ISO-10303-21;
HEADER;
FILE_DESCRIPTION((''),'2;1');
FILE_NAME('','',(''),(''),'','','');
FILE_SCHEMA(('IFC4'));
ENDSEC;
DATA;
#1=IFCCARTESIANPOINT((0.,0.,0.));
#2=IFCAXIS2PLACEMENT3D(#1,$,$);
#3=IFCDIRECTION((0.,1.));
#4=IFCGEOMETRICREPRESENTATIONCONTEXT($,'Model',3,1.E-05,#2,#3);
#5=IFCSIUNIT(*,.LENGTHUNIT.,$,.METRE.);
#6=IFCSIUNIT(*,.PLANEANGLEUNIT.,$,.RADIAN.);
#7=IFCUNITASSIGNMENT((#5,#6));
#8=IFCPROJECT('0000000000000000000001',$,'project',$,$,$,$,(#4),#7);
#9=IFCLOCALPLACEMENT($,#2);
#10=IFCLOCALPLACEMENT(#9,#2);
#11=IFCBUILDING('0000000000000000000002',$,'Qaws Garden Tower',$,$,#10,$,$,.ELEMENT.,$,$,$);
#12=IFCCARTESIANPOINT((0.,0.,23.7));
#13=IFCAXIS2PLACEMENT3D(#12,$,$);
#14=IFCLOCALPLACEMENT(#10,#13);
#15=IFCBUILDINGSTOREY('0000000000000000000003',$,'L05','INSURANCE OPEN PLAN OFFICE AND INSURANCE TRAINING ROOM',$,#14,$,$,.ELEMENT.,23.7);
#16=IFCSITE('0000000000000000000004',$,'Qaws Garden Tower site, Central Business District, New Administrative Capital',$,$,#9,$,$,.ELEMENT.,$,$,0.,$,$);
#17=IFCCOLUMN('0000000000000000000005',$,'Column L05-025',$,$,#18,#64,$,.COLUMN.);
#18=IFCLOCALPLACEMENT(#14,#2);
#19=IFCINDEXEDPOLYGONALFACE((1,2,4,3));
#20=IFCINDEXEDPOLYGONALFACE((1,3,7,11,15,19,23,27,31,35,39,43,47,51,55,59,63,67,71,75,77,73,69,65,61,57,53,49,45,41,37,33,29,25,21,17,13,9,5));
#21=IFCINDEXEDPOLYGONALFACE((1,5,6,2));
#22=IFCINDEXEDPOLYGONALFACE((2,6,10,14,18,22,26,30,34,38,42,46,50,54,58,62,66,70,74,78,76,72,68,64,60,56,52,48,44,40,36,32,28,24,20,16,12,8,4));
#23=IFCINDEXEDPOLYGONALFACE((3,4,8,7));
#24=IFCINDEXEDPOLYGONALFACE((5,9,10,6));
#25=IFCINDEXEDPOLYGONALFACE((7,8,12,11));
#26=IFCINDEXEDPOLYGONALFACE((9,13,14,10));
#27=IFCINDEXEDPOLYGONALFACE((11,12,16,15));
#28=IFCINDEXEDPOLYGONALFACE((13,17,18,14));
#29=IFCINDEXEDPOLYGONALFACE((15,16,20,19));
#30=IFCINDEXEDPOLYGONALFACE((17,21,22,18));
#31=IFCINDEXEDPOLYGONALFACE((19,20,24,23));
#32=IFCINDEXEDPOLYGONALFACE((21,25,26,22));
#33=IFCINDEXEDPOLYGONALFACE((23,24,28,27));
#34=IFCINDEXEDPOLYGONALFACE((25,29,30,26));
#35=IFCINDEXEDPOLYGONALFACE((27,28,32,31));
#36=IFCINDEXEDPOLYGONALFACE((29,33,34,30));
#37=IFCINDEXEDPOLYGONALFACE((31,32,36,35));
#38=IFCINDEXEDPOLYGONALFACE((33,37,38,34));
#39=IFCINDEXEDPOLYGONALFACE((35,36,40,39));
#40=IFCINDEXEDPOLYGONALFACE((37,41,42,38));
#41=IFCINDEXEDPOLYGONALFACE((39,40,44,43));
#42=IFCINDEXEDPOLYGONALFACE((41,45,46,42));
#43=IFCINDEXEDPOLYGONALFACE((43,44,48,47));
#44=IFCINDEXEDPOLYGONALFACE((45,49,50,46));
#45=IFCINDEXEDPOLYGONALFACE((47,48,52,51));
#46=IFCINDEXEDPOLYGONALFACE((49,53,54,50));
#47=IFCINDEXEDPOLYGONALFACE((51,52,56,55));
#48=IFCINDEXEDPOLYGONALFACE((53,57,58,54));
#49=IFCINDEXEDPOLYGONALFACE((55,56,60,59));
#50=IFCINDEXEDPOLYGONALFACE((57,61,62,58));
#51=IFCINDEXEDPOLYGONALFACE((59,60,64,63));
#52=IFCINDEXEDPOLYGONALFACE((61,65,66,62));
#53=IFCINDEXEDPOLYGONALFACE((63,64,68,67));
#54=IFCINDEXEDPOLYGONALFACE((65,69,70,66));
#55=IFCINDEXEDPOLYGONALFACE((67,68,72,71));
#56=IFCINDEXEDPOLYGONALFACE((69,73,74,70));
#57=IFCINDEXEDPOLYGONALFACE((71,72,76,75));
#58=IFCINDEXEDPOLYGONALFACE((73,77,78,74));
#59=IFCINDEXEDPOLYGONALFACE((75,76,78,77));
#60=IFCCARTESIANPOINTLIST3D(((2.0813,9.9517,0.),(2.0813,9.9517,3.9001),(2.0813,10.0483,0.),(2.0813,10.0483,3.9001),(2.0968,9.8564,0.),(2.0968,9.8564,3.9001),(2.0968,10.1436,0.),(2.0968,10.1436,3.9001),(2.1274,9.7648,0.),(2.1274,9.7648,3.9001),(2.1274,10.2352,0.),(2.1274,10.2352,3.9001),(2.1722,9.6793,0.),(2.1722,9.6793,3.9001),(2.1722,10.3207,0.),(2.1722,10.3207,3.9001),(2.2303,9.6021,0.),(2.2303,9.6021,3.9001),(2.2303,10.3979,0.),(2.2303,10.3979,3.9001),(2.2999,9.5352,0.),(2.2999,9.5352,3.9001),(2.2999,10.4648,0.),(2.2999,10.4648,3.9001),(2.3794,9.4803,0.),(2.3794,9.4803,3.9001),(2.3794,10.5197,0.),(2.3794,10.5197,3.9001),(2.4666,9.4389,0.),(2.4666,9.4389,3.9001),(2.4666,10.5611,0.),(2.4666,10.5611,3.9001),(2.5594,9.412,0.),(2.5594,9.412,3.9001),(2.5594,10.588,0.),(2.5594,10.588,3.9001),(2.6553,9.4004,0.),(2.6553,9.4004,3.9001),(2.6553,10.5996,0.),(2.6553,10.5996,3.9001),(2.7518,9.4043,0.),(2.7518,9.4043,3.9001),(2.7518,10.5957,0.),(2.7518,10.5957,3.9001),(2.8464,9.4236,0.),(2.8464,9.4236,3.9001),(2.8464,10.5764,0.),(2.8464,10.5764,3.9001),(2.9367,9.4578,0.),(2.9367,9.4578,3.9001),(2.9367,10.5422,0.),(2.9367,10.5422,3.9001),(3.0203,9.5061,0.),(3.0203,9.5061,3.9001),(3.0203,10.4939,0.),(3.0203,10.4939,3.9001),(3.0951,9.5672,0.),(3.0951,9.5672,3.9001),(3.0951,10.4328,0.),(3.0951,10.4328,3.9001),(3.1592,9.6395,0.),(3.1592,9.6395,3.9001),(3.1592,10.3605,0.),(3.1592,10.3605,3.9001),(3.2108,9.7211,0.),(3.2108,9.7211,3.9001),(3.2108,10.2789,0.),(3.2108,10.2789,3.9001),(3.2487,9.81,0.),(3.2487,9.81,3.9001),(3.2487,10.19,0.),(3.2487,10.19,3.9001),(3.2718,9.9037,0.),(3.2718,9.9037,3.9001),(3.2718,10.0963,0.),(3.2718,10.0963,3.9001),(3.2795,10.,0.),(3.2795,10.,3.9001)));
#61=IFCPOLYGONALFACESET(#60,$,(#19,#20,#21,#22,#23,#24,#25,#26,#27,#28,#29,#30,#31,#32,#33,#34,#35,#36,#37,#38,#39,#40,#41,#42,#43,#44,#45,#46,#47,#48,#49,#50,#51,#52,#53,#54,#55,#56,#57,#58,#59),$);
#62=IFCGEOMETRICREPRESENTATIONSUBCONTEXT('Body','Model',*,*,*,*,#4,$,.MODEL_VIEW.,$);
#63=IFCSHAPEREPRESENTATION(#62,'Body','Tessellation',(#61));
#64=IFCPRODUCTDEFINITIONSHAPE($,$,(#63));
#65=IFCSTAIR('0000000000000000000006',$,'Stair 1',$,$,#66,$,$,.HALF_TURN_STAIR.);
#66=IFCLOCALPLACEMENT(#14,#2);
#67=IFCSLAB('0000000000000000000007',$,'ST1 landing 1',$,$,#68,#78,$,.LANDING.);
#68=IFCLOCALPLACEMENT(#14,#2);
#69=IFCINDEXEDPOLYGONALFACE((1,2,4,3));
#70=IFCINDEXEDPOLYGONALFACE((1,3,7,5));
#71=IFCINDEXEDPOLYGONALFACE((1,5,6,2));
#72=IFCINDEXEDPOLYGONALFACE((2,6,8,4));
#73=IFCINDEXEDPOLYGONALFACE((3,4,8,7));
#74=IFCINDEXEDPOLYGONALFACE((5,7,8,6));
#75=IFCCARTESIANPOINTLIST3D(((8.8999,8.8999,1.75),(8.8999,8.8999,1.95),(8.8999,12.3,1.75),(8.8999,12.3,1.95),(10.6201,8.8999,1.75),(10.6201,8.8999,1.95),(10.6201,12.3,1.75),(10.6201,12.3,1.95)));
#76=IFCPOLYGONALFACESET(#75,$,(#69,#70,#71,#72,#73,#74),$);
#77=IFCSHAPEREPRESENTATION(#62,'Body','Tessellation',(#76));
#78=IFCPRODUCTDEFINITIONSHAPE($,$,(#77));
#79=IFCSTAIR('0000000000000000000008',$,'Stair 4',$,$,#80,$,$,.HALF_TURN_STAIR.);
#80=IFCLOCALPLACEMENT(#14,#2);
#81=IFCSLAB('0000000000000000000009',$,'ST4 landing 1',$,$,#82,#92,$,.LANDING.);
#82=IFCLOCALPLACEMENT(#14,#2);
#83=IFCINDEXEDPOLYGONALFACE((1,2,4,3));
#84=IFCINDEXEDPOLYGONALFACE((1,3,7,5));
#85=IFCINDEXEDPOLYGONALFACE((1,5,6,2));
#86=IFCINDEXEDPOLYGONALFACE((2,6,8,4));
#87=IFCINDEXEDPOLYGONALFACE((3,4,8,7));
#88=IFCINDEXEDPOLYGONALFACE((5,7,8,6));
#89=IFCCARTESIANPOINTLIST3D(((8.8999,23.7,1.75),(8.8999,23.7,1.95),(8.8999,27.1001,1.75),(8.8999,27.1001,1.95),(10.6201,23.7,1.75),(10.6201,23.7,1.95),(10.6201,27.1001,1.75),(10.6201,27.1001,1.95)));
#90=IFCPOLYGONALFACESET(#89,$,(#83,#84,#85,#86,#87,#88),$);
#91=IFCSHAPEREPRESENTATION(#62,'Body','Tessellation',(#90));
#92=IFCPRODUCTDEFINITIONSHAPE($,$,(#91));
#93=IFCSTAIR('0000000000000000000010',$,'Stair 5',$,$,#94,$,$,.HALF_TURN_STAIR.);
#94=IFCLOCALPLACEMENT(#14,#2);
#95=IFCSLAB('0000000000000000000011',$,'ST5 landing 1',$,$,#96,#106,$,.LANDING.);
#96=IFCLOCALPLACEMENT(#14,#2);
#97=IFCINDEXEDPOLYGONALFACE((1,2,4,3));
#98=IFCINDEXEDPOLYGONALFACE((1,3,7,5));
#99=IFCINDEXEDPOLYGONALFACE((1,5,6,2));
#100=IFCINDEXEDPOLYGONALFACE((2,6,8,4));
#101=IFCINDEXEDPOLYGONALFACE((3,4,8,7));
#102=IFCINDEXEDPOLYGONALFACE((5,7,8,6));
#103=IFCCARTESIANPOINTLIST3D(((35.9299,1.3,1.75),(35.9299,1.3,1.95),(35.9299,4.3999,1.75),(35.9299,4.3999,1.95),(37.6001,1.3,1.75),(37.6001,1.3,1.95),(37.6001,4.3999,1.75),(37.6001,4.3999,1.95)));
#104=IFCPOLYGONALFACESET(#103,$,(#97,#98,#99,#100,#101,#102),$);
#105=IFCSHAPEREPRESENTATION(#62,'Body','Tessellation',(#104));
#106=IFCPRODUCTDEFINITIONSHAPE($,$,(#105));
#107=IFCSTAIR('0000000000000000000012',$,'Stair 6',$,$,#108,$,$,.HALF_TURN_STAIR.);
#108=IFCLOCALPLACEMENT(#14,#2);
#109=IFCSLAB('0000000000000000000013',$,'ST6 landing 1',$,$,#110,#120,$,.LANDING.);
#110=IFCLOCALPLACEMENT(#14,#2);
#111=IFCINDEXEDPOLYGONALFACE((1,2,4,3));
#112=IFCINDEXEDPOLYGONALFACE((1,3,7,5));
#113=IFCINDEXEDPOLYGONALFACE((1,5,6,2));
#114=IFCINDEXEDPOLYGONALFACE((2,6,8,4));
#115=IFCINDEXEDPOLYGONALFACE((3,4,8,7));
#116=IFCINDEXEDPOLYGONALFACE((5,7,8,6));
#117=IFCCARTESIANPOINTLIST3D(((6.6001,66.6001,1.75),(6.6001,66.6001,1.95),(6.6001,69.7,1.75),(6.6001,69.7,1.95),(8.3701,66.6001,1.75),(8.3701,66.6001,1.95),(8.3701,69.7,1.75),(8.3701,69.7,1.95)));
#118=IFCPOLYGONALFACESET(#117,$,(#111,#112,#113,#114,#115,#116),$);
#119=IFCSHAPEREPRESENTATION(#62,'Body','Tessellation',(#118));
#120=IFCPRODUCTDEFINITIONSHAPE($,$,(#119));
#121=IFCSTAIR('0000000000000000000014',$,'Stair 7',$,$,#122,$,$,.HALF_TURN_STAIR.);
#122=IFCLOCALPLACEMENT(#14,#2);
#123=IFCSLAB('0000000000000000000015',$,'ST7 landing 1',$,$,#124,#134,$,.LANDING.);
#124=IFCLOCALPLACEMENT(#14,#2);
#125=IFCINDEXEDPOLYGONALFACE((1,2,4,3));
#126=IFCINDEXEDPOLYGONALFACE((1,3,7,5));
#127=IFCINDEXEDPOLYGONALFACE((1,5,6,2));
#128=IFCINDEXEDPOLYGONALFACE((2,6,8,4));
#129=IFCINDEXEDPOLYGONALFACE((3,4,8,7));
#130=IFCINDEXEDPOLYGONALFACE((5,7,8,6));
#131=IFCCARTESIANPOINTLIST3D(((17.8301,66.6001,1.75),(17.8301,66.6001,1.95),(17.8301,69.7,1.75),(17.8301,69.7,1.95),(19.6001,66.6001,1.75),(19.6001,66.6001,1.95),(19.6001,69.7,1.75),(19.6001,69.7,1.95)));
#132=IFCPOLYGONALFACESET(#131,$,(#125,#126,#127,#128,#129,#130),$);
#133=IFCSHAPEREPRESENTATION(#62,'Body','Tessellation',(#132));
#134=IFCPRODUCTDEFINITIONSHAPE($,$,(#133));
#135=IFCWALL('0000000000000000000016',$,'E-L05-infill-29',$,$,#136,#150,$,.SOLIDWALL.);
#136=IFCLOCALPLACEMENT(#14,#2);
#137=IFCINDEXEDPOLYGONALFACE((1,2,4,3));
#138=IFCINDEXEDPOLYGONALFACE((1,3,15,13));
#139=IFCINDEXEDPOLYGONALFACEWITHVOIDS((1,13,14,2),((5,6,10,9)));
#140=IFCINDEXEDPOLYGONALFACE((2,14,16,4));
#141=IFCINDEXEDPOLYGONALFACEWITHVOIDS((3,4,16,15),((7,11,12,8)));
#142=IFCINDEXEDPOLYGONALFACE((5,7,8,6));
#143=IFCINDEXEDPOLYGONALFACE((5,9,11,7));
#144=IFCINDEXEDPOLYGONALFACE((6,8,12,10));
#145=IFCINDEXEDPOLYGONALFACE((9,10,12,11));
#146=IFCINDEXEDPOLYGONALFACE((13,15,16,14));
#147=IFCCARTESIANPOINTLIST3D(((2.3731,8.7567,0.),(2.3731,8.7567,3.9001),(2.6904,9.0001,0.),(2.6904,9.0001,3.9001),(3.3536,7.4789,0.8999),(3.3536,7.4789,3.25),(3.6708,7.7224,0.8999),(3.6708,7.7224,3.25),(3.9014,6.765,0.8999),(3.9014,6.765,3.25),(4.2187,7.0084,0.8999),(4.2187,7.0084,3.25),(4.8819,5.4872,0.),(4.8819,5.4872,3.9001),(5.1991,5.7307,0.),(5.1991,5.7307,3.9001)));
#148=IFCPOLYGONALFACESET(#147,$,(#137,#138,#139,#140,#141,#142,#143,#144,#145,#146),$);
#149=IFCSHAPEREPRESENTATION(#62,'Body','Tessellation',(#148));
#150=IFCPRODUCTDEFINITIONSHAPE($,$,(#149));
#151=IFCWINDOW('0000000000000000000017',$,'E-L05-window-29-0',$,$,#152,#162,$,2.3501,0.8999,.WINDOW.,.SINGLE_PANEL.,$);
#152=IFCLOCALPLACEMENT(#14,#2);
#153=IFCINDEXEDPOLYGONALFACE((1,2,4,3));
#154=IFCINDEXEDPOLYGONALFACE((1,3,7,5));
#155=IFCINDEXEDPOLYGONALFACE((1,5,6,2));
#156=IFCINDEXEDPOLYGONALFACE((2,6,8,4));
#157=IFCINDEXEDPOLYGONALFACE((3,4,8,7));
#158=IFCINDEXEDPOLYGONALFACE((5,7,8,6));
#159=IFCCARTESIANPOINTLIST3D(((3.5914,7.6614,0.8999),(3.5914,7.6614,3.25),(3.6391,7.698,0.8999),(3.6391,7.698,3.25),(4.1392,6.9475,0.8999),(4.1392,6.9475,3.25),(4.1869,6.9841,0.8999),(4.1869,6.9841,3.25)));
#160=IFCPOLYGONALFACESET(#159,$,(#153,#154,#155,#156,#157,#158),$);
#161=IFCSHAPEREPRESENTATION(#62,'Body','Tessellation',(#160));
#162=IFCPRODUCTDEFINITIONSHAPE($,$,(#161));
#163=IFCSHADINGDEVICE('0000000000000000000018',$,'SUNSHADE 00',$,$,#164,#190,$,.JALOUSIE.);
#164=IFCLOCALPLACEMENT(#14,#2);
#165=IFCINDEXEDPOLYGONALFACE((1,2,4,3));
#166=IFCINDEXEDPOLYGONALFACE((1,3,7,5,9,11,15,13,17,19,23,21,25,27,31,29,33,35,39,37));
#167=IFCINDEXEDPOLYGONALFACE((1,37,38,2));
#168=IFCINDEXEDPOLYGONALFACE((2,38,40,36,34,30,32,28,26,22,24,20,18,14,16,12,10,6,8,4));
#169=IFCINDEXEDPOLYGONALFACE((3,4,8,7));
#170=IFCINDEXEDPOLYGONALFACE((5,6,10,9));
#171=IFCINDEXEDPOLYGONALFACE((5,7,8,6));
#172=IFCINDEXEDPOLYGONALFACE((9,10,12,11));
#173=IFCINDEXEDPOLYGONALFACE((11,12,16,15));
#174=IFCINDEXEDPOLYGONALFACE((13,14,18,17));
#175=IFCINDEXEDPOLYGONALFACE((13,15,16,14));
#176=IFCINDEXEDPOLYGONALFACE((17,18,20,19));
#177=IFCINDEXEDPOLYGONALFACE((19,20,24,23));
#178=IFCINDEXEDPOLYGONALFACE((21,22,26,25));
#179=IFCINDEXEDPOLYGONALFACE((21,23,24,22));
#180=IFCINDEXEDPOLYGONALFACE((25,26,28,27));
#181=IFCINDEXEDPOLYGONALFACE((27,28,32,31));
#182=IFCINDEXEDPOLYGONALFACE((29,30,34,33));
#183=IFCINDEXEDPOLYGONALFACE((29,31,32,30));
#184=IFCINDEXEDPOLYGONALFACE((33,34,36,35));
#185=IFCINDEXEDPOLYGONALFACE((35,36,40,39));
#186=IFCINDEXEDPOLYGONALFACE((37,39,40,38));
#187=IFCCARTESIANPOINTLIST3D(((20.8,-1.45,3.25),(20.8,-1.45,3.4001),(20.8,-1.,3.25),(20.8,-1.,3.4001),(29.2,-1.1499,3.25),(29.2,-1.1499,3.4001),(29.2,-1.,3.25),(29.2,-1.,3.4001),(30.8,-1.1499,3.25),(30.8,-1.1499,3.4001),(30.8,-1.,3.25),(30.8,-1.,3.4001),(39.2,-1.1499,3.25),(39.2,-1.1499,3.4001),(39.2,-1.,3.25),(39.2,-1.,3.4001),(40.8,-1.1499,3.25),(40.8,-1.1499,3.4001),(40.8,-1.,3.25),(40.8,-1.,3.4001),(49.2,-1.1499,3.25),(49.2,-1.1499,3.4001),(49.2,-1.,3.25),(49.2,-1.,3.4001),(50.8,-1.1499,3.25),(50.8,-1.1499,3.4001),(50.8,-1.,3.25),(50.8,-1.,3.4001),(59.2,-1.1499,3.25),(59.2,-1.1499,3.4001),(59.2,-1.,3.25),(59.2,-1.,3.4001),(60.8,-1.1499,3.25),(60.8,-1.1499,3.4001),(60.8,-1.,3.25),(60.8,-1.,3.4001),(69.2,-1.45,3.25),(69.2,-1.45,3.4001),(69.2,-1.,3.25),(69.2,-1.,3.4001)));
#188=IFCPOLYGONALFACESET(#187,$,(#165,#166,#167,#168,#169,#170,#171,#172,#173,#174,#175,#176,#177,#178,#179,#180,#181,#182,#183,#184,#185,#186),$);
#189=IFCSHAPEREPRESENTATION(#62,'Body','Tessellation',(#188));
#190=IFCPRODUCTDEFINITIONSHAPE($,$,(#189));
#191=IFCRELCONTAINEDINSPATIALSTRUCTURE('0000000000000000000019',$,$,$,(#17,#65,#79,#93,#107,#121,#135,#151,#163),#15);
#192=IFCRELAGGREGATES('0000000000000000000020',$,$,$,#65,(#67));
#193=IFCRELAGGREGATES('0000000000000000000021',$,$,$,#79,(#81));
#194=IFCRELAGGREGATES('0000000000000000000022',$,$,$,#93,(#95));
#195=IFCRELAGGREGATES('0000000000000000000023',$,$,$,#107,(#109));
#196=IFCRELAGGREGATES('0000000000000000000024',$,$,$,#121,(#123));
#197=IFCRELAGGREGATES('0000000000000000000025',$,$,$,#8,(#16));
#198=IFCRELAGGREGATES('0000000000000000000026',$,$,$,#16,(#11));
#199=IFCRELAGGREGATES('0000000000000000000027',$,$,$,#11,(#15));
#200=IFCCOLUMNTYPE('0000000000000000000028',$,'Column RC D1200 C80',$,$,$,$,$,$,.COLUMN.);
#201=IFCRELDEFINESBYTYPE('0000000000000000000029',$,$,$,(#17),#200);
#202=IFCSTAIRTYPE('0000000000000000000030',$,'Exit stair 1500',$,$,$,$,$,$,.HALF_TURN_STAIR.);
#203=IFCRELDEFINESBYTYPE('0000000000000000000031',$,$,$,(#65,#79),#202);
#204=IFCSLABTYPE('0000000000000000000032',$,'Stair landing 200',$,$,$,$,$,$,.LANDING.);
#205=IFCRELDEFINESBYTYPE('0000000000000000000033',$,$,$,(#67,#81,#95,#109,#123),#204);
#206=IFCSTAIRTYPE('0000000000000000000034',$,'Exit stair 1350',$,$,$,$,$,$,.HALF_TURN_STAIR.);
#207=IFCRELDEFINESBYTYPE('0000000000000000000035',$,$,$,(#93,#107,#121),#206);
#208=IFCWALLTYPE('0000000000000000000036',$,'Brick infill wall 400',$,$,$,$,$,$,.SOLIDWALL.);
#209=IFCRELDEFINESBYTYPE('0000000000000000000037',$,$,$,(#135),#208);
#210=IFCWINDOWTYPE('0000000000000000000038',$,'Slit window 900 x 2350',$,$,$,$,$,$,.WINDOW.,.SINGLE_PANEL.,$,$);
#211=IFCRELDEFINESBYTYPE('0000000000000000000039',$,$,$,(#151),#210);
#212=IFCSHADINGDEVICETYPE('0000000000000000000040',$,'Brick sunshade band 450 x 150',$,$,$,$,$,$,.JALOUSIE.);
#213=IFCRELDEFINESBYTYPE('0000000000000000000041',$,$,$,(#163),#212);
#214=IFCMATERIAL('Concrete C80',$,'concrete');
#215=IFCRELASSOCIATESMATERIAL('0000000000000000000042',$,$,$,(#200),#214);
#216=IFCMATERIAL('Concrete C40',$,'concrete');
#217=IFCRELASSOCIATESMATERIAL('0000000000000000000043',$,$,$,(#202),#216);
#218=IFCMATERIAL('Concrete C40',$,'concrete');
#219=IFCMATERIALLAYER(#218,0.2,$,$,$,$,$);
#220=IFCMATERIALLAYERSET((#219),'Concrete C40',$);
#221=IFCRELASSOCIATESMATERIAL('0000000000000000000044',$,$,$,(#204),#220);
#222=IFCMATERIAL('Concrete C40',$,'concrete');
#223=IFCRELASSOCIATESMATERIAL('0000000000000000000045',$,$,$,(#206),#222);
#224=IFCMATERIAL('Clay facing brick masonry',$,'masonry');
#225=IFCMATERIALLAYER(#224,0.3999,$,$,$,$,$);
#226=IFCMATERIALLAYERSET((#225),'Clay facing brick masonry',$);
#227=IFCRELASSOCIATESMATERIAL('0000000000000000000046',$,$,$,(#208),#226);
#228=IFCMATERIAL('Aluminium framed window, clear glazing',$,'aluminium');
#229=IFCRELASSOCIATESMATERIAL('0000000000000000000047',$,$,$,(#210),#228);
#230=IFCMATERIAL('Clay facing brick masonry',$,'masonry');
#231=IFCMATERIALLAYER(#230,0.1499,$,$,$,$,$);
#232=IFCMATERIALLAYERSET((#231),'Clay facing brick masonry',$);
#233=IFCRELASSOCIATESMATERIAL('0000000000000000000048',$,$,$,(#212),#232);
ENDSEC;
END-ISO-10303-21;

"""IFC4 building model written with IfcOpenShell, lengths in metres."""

from ifc_helpers import new_model, si_unit, direction, frame, frame_2d, origin, origin_2d, place, context, subcontext, project, spatial, polyline, rectangle, circle, outline, extrude, material, layer, layer_set, material_profile, profile_set, type_object, element, fill, aggregate, save


model = new_model("IFC4")

# Units and contexts
model_context = context("Model", 3, precision=1e-05, world=origin(), true_north=direction((0.0, 1.0)))
body_context = subcontext(model_context, "Body", "Model", "MODEL_VIEW")
ifc_project = project(units=[si_unit("LENGTHUNIT", "METRE"), si_unit("PLANEANGLEUNIT", "RADIAN")], contexts=[model_context])

# Site, building, storey
site_placement = place(None, origin())
site = spatial("IfcSite", under=ifc_project, at=site_placement, Name="Qaws Garden Tower site, Central Business District, New Administrative Capital", CompositionType="ELEMENT", RefElevation=0.0)
building_placement = place(site_placement, origin())
building = spatial("IfcBuilding", under=site, at=building_placement, Name="Qaws Garden Tower", CompositionType="ELEMENT")
storey_placement = place(building_placement, frame((0.0, 0.0, 23.7)))
storey = spatial("IfcBuildingStorey", under=building, at=storey_placement, Name="L05", Description="INSURANCE OPEN PLAN OFFICE AND INSURANCE TRAINING ROOM", CompositionType="ELEMENT", Elevation=23.7)

# Column
ifc_material_1 = material(Name="Concrete C80", Category="concrete")
ifc_material_profile = material_profile(ifc_material_1, circle(Radius=0.6001, at=origin_2d()), Name="RC D1200")
ifc_profile_set = profile_set([ifc_material_profile], Name="Concrete C80")
column_type = type_object("IfcColumnType", Name="Column RC D1200 C80", PredefinedType="COLUMN", material=ifc_profile_set)
column_placement = place(storey_placement, frame((2.6794, 10.0, 0.0), z_axis=(0.0, 0.0, 1.0), x_axis=(1.0, 0.0, 0.0)))
element("IfcColumn", 1, at=column_placement, inside=storey, type_object=column_type, Name="Column L05-025", PredefinedType="COLUMN", context=body_context, shape_type="SweptSolid", body=[
    extrude(circle(Radius=0.6001, at=origin_2d()), origin(), (0.0, 0.0, 1.0), 3.9001),
])

# Stairs, slabs
ifc_material_2 = material(Name="Concrete C40", Category="concrete")
stair_type_1 = type_object("IfcStairType", Name="Exit stair 1500", PredefinedType="HALF_TURN_STAIR", material=ifc_material_2)
placement_1 = place(storey_placement, origin())
stair_1 = element("IfcStair", 2, at=placement_1, inside=storey, type_object=stair_type_1, Name="Stair 1", PredefinedType="HALF_TURN_STAIR")
ifc_material_3 = material(Name="Concrete C40", Category="concrete")
ifc_layer_1 = layer(ifc_material_3, 0.2)
ifc_layer_set_1 = layer_set([ifc_layer_1], Name="Concrete C40")
slab_type = type_object("IfcSlabType", Name="Stair landing 200", PredefinedType="LANDING", material=ifc_layer_set_1)
placement_2 = place(storey_placement, frame((0.0, 0.0, 1.75)))
slab_1 = element("IfcSlab", 3, at=placement_2, type_object=slab_type, Name="ST1 landing 1", PredefinedType="LANDING", context=body_context, shape_type="SweptSolid", body=[
    extrude(outline(polyline([(8.8999, 8.8999), (10.6201, 8.8999), (10.6201, 12.3), (8.8999, 12.3), (8.8999, 8.8999)])), origin(), (0.0, 0.0, 1.0), 0.2),
])
aggregate(stair_1, [slab_1])
stair_2 = element("IfcStair", 4, at=placement_1, inside=storey, type_object=stair_type_1, Name="Stair 4", PredefinedType="HALF_TURN_STAIR")
slab_2 = element("IfcSlab", 5, at=placement_2, type_object=slab_type, Name="ST4 landing 1", PredefinedType="LANDING", context=body_context, shape_type="SweptSolid", body=[
    extrude(outline(polyline([(8.8999, 23.7), (10.6201, 23.7), (10.6201, 27.1001), (8.8999, 27.1001), (8.8999, 23.7)])), origin(), (0.0, 0.0, 1.0), 0.2),
])
aggregate(stair_2, [slab_2])
ifc_material_4 = material(Name="Concrete C40", Category="concrete")
stair_type_2 = type_object("IfcStairType", Name="Exit stair 1350", PredefinedType="HALF_TURN_STAIR", material=ifc_material_4)
stair_3 = element("IfcStair", 6, at=placement_1, inside=storey, type_object=stair_type_2, Name="Stair 5", PredefinedType="HALF_TURN_STAIR")
slab_3 = element("IfcSlab", 7, at=placement_2, type_object=slab_type, Name="ST5 landing 1", PredefinedType="LANDING", context=body_context, shape_type="SweptSolid", body=[
    extrude(outline(polyline([(35.9299, 1.3), (37.6001, 1.3), (37.6001, 4.3999), (35.9299, 4.3999), (35.9299, 1.3)])), origin(), (0.0, 0.0, 1.0), 0.2),
])
aggregate(stair_3, [slab_3])
stair_4 = element("IfcStair", 8, at=placement_1, inside=storey, type_object=stair_type_2, Name="Stair 6", PredefinedType="HALF_TURN_STAIR")
slab_4 = element("IfcSlab", 9, at=placement_2, type_object=slab_type, Name="ST6 landing 1", PredefinedType="LANDING", context=body_context, shape_type="SweptSolid", body=[
    extrude(outline(polyline([(6.6001, 66.6001), (8.3701, 66.6001), (8.3701, 69.7), (6.6001, 69.7), (6.6001, 66.6001)])), origin(), (0.0, 0.0, 1.0), 0.2),
])
aggregate(stair_4, [slab_4])
stair_5 = element("IfcStair", 10, at=placement_1, inside=storey, type_object=stair_type_2, Name="Stair 7", PredefinedType="HALF_TURN_STAIR")
slab_5 = element("IfcSlab", 11, at=placement_2, type_object=slab_type, Name="ST7 landing 1", PredefinedType="LANDING", context=body_context, shape_type="SweptSolid", body=[
    extrude(outline(polyline([(17.8301, 66.6001), (19.6001, 66.6001), (19.6001, 69.7), (17.8301, 69.7), (17.8301, 66.6001)])), origin(), (0.0, 0.0, 1.0), 0.2),
])
aggregate(stair_5, [slab_5])

# Wall, opening, window
ifc_material_5 = material(Name="Clay facing brick masonry", Category="masonry")
ifc_layer_2 = layer(ifc_material_5, 0.3999)
ifc_layer_set_2 = layer_set([ifc_layer_2], Name="Clay facing brick masonry")
wall_type = type_object("IfcWallType", Name="Brick infill wall 400", PredefinedType="SOLIDWALL", material=ifc_layer_set_2)
wall_placement = place(storey_placement, frame((2.5317, 8.8784, 0.0), z_axis=(0.0, 0.0, 1.0), x_axis=(0.60876, -0.793355, 0.0)))
wall = element("IfcWall", 12, at=wall_placement, inside=storey, type_object=wall_type, Name="E-L05-infill-29", PredefinedType="SOLIDWALL", context=body_context, shape_type="SweptSolid", body=[
    extrude(rectangle(XDim=4.1211, YDim=0.3999, at=frame_2d((2.0605, 0.0))), origin(), (0.0, 0.0, 1.0), 3.9001),
])
opening_placement = place(wall_placement, frame((1.6106, 0.0, 0.8999)))
opening = element("IfcOpeningElement", 13, at=opening_placement, cuts=wall, PredefinedType="OPENING", context=body_context, shape_type="SweptSolid", body=[
    extrude(rectangle(XDim=0.8999, YDim=2.3501, at=frame_2d((0.45, 1.175))), frame((0.0, 0.21, 0.0), z_axis=(0.0, -1.0, 0.0), x_axis=(1.0, 0.0, 0.0)), (0.0, 0.0, 1.0), 0.4199),
])
ifc_material_6 = material(Name="Aluminium framed window, clear glazing", Category="aluminium")
window_type = type_object("IfcWindowType", Name="Slit window 900 x 2350", PartitioningType="SINGLE_PANEL", PredefinedType="WINDOW", material=ifc_material_6)
window_placement = place(opening_placement, origin())
window = element("IfcWindow", 14, at=window_placement, inside=storey, type_object=window_type, Name="E-L05-window-29-0", OverallHeight=2.3501, OverallWidth=0.8999, PartitioningType="SINGLE_PANEL", PredefinedType="WINDOW", context=body_context, shape_type="SweptSolid", body=[
    extrude(rectangle(XDim=0.8999, YDim=2.3501, at=frame_2d((0.45, 1.175))), frame((0.0, 0.1599, 0.0), z_axis=(0.0, -1.0, 0.0), x_axis=(1.0, 0.0, 0.0)), (0.0, 0.0, 1.0), 0.0601),
])
fill(opening, window)

# Shading device
ifc_material_7 = material(Name="Clay facing brick masonry", Category="masonry")
ifc_layer_3 = layer(ifc_material_7, 0.1499)
ifc_layer_set_3 = layer_set([ifc_layer_3], Name="Clay facing brick masonry")
shading_device_type = type_object("IfcShadingDeviceType", Name="Brick sunshade band 450 x 150", PredefinedType="JALOUSIE", material=ifc_layer_set_3)
shading_device_placement = place(storey_placement, frame((0.0, 0.0, 3.25)))
element("IfcShadingDevice", 15, at=shading_device_placement, inside=storey, type_object=shading_device_type, Name="SUNSHADE 00", PredefinedType="JALOUSIE", context=body_context, shape_type="SweptSolid", body=[
    extrude(outline(polyline([(20.8, -1.0), (20.8, -1.45), (69.2, -1.45), (69.2, -1.0), (60.8, -1.0), (60.8, -1.1499), (59.2, -1.1499), (59.2, -1.0), (50.8, -1.0), (50.8, -1.1499), (49.2, -1.1499), (49.2, -1.0), (40.8, -1.0), (40.8, -1.1499), (39.2, -1.1499), (39.2, -1.0), (30.8, -1.0), (30.8, -1.1499), (29.2, -1.1499), (29.2, -1.0), (20.8, -1.0)])), origin(), (0.0, 0.0, 1.0), 0.1501),
])

save(model, "model.ifc")
